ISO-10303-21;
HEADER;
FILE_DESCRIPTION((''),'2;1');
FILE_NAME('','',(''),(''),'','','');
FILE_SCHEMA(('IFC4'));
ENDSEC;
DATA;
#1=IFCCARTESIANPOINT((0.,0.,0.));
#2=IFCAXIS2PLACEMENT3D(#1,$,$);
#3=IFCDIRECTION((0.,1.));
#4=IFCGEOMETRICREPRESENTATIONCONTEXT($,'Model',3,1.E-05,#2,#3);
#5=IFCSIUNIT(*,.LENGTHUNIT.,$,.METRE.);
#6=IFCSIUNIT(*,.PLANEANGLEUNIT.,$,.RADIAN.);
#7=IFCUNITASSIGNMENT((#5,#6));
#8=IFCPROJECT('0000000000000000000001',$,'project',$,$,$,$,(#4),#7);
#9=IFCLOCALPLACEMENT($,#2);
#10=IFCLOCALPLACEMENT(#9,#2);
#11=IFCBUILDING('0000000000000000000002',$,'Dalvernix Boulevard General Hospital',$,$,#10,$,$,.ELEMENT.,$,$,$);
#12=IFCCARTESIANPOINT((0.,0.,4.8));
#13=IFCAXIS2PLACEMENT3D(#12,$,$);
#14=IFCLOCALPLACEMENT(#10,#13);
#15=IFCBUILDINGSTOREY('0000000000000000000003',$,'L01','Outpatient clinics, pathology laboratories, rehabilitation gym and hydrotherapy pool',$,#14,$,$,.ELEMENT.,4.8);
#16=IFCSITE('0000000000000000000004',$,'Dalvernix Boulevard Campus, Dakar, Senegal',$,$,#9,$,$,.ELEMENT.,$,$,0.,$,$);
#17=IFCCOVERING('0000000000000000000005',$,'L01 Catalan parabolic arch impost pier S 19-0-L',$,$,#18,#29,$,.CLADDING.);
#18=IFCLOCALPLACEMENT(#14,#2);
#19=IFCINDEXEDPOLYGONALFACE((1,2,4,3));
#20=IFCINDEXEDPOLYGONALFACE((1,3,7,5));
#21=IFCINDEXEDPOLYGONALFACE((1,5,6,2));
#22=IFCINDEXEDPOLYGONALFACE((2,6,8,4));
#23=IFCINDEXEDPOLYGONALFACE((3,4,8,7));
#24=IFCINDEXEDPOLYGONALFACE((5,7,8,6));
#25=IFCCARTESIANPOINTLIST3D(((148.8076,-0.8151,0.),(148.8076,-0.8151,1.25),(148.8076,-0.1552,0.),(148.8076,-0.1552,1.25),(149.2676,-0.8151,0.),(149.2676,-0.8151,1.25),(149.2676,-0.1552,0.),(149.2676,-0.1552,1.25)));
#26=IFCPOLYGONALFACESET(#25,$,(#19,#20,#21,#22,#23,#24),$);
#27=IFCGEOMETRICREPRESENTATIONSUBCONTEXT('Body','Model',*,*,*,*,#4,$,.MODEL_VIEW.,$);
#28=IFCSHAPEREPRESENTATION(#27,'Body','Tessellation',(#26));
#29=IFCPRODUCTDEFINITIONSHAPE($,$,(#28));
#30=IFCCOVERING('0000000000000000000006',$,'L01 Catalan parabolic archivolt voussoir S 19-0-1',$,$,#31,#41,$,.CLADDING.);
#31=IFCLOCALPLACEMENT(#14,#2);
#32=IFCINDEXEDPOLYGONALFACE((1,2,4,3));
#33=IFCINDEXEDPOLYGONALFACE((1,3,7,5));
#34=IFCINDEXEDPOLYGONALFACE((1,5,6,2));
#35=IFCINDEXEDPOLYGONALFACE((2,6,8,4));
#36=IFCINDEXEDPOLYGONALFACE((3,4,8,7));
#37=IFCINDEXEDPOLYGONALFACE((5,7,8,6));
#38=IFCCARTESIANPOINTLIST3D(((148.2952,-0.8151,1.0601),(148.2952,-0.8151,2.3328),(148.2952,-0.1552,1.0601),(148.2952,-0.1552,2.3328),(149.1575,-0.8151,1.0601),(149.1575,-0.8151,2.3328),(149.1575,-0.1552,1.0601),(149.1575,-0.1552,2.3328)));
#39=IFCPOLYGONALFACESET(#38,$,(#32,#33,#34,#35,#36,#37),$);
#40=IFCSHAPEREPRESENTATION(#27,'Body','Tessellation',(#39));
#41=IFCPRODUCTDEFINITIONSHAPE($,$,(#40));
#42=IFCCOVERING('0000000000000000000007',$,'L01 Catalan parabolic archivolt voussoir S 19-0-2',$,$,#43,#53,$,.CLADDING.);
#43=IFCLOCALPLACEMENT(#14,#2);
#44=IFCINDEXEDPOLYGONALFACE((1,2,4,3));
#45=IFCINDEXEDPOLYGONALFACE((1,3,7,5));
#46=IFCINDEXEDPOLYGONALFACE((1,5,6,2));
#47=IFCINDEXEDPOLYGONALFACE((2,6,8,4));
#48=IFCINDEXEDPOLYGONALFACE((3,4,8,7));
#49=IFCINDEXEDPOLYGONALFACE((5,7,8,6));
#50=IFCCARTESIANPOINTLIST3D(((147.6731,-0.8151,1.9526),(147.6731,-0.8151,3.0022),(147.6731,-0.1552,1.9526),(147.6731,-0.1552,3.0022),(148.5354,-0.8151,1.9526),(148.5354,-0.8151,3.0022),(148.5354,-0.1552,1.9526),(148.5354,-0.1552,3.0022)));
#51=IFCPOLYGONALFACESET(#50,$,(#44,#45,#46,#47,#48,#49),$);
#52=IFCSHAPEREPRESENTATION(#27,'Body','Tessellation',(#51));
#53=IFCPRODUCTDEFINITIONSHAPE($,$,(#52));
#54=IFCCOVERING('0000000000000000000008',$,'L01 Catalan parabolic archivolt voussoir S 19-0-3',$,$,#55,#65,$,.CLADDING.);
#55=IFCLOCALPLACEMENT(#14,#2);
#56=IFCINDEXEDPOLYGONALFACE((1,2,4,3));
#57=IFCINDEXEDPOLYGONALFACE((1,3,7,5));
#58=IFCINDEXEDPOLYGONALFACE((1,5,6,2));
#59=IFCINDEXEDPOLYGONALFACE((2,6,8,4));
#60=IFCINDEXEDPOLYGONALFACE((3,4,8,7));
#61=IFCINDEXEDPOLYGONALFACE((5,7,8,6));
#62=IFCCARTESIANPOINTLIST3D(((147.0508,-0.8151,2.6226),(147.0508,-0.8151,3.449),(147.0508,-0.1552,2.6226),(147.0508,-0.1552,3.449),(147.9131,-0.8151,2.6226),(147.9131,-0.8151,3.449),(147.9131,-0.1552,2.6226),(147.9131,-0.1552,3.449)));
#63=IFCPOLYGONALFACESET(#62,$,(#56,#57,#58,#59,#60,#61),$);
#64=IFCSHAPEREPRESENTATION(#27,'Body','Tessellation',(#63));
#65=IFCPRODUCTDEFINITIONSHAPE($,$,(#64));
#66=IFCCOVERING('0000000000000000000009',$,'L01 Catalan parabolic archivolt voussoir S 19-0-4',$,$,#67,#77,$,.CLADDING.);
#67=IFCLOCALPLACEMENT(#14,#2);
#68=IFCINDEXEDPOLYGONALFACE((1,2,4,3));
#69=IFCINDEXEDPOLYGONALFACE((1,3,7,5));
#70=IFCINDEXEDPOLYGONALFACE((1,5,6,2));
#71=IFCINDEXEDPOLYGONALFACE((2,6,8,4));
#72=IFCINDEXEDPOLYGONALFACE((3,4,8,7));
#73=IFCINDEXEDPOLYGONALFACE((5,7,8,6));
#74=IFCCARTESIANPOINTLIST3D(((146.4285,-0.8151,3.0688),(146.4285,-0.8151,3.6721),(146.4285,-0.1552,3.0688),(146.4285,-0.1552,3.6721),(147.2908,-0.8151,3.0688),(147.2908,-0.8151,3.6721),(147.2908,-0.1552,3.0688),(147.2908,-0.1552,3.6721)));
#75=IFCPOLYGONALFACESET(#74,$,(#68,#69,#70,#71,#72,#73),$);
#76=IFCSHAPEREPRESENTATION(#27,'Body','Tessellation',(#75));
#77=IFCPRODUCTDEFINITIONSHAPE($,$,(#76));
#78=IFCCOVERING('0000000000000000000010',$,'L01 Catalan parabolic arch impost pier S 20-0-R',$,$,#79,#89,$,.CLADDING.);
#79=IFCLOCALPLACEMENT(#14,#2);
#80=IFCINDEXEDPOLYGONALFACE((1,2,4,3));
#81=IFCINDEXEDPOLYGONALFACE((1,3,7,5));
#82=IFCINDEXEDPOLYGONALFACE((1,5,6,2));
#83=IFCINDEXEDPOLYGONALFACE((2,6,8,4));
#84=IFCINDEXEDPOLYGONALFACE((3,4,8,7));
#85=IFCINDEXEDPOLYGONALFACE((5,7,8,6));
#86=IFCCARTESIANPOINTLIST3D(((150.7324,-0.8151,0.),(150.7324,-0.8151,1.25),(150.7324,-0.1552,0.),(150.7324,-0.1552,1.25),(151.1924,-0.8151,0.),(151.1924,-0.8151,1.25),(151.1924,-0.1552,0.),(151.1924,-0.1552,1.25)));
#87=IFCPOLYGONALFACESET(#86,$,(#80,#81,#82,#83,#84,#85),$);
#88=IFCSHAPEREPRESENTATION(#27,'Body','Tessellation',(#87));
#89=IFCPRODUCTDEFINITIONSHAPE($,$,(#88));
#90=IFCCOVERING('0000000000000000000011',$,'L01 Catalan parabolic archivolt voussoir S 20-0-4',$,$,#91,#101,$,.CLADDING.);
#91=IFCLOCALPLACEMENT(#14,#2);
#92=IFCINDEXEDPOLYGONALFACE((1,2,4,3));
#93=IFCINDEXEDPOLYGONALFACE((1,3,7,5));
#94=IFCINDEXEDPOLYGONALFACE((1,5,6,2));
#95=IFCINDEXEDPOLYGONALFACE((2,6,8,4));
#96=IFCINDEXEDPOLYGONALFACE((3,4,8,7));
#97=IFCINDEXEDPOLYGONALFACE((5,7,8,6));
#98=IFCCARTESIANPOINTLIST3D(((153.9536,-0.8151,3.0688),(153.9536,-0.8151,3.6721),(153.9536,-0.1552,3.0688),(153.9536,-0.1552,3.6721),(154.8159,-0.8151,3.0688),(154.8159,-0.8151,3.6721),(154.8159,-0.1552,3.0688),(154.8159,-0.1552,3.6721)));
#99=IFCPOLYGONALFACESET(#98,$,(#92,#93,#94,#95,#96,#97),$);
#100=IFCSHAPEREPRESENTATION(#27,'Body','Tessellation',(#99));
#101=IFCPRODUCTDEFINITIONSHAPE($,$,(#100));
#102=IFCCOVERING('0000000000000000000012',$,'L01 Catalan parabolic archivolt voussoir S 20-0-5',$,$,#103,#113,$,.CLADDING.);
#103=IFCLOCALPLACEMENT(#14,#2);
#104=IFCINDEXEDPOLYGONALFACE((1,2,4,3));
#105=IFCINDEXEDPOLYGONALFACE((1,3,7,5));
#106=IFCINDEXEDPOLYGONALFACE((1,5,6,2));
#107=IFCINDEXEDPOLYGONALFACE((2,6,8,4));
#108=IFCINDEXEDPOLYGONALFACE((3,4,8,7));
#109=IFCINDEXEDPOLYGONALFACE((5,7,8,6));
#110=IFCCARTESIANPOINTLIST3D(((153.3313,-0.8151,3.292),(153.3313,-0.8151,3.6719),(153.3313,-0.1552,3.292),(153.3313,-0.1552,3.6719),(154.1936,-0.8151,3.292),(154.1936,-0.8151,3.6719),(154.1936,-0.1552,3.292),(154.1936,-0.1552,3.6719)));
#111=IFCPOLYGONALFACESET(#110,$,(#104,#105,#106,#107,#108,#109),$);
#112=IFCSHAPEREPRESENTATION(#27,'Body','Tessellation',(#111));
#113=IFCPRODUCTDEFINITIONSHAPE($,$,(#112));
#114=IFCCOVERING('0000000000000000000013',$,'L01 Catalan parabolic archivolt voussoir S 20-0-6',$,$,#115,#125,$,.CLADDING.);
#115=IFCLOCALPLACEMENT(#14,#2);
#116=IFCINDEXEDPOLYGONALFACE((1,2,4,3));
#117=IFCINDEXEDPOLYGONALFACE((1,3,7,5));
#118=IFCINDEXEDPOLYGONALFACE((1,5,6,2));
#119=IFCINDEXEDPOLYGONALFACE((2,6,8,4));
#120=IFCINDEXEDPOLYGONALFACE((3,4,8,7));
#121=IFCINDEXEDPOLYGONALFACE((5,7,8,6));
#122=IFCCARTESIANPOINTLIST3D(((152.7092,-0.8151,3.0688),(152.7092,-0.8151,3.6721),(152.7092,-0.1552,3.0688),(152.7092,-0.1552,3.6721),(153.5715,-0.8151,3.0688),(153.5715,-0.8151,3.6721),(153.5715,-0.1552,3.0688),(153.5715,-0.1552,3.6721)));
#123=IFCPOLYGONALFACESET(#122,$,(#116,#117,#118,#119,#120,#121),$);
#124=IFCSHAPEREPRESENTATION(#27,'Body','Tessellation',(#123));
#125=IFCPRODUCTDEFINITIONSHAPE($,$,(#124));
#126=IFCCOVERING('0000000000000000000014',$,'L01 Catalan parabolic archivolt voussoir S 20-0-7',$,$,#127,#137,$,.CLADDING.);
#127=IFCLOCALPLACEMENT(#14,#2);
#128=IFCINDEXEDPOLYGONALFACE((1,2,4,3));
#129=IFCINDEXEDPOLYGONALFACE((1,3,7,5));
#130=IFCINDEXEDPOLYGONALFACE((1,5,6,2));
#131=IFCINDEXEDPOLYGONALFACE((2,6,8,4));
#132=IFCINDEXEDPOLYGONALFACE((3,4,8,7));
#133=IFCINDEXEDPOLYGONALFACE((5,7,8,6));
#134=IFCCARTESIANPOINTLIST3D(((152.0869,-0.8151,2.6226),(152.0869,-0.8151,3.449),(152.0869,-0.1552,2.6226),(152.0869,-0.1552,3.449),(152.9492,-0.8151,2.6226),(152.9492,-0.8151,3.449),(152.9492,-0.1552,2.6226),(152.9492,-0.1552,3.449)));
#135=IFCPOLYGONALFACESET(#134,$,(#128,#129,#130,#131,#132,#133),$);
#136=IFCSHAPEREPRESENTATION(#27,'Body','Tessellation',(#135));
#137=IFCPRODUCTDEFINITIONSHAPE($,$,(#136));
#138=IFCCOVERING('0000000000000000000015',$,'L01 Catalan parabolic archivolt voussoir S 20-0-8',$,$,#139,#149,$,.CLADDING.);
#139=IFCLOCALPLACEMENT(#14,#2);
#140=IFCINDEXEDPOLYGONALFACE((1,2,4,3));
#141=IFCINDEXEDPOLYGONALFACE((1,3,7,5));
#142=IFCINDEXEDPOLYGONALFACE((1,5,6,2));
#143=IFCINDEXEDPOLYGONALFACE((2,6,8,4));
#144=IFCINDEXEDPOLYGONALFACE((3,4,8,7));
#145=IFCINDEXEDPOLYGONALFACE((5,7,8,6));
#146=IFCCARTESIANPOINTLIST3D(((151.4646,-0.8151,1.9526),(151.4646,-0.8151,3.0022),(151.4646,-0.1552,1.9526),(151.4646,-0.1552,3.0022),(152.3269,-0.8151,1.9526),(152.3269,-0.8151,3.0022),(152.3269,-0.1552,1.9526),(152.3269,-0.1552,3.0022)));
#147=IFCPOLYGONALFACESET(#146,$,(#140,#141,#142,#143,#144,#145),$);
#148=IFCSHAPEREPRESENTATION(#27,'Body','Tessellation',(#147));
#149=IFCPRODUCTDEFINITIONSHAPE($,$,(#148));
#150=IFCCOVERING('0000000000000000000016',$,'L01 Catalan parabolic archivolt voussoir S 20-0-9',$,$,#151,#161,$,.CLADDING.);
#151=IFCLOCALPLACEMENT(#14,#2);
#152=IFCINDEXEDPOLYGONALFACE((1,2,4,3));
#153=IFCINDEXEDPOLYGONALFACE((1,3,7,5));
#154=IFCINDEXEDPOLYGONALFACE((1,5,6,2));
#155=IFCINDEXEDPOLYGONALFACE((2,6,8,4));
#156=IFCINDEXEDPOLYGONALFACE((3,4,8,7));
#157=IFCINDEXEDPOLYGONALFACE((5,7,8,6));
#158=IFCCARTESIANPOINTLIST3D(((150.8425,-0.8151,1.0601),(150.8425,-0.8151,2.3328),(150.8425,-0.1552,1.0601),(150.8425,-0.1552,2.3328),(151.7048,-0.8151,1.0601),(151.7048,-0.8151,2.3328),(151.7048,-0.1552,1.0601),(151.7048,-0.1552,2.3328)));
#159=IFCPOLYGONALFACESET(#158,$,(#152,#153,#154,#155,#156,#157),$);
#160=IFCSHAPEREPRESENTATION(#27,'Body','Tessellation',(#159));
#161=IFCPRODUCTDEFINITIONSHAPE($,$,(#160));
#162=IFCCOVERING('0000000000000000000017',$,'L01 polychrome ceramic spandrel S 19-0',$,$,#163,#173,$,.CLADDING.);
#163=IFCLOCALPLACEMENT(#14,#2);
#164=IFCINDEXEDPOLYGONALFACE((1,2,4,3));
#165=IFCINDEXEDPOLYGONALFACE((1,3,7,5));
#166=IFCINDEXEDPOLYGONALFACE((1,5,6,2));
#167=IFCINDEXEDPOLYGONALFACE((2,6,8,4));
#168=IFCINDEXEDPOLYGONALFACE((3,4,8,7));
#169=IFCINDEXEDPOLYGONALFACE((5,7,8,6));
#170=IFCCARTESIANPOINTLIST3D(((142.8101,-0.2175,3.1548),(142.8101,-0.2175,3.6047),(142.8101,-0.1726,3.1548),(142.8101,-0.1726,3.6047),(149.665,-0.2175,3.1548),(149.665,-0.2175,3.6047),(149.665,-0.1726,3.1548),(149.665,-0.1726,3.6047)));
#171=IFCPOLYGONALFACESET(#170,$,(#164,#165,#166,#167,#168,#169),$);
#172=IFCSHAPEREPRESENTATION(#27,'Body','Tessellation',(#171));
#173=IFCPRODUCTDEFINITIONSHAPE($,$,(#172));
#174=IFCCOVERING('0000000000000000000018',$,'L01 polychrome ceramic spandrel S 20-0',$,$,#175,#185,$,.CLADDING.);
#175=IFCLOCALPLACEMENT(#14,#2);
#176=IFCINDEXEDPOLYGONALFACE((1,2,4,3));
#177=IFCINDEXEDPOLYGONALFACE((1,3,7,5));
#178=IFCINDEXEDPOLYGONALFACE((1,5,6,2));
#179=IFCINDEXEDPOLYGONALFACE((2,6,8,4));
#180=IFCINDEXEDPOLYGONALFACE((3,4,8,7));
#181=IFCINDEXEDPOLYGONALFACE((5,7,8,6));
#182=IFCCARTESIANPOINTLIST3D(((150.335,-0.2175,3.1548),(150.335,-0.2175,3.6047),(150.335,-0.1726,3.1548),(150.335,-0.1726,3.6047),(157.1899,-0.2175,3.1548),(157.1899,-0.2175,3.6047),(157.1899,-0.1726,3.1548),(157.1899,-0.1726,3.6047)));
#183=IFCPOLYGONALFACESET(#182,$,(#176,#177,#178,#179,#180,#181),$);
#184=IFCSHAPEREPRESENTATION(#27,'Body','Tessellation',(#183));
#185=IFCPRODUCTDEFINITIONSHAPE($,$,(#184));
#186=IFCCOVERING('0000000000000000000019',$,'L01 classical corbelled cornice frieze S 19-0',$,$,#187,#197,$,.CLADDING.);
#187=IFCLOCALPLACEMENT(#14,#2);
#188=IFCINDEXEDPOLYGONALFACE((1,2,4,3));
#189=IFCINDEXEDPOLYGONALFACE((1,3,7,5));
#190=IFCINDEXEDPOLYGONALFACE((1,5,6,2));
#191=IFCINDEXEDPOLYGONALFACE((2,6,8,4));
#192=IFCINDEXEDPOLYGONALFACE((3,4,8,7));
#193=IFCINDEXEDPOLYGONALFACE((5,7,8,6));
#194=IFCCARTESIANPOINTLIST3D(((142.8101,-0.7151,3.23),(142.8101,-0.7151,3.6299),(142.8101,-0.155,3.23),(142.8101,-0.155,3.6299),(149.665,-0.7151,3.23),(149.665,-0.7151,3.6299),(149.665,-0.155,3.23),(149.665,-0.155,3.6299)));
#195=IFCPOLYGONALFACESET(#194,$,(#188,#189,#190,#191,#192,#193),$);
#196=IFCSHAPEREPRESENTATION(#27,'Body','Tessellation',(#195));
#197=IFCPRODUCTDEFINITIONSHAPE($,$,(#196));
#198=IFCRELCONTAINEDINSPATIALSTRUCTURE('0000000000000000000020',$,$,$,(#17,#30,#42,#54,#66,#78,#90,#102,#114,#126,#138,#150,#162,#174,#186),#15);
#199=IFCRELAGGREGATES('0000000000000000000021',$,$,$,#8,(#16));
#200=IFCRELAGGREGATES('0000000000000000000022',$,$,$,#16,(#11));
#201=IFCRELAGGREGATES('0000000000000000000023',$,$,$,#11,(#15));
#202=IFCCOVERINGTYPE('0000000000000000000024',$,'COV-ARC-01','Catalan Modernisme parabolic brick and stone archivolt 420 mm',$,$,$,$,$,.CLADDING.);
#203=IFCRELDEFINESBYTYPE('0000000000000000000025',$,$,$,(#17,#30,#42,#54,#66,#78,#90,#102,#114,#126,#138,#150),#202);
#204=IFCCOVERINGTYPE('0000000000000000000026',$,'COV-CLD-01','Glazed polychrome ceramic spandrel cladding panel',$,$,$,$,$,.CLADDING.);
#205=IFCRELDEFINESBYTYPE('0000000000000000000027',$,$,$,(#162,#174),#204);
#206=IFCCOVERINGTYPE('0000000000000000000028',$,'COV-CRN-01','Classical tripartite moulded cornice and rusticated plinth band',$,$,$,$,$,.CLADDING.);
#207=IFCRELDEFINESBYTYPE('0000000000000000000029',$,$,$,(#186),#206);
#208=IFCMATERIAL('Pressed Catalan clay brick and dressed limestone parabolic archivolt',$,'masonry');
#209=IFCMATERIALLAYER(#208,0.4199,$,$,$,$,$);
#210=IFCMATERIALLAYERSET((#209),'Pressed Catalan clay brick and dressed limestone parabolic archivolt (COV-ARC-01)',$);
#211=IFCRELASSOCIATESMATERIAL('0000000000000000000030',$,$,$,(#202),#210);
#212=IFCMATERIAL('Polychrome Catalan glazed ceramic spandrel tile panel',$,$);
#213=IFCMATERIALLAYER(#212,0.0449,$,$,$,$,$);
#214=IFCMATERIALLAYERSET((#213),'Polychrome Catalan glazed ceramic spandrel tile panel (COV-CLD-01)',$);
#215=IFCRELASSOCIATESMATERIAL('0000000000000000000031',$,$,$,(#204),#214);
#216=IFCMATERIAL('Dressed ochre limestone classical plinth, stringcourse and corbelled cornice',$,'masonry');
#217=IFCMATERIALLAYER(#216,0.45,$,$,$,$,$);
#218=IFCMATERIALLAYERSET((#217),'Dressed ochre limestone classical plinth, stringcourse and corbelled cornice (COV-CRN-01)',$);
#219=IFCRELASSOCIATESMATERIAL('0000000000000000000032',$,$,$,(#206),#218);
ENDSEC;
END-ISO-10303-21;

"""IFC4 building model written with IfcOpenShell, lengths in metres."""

from ifc_helpers import new_model, si_unit, direction, frame, origin, origin_2d, place, context, subcontext, project, spatial, rectangle, extrude, material, layer, layer_set, type_object, element, save


model = new_model("IFC4")

# Units and contexts
model_context = context("Model", 3, precision=1e-05, world=origin(), true_north=direction((0.0, 1.0)))
body_context = subcontext(model_context, "Body", "Model", "MODEL_VIEW")
ifc_project = project(units=[si_unit("LENGTHUNIT", "METRE"), si_unit("PLANEANGLEUNIT", "RADIAN")], contexts=[model_context])

# Site, building, storey
site_placement = place(None, origin())
site = spatial("IfcSite", under=ifc_project, at=site_placement, Name="Dalvernix Boulevard Campus, Dakar, Senegal", CompositionType="ELEMENT", RefElevation=0.0)
building_placement = place(site_placement, origin())
building = spatial("IfcBuilding", under=site, at=building_placement, Name="Dalvernix Boulevard General Hospital", CompositionType="ELEMENT")
storey_placement = place(building_placement, frame((0.0, 0.0, 4.8)))
storey = spatial("IfcBuildingStorey", under=building, at=storey_placement, Name="L01", Description="Outpatient clinics, pathology laboratories, rehabilitation gym and hydrotherapy pool", CompositionType="ELEMENT", Elevation=4.8)

# Coverings
ifc_material_1 = material(Name="Pressed Catalan clay brick and dressed limestone parabolic archivolt", Category="masonry")
ifc_layer_1 = layer(ifc_material_1, 0.4199)
ifc_layer_set_1 = layer_set([ifc_layer_1], Name="Pressed Catalan clay brick and dressed limestone parabolic archivolt (COV-ARC-01)")
covering_type_1 = type_object("IfcCoveringType", Name="COV-ARC-01", Description="Catalan Modernisme parabolic brick and stone archivolt 420 mm", PredefinedType="CLADDING", material=ifc_layer_set_1)
covering_1_placement = place(storey_placement, frame((149.0376, -0.4851, 0.0), z_axis=(0.0, 0.0, 1.0), x_axis=(-1.0, 0.0, 0.0)))
element("IfcCovering", 1, at=covering_1_placement, inside=storey, type_object=covering_type_1, Name="L01 Catalan parabolic arch impost pier S 19-0-L", PredefinedType="CLADDING", context=body_context, shape_type="SweptSolid", body=[
    extrude(rectangle(XDim=0.46, YDim=0.6599, at=origin_2d()), origin(), (0.0, 0.0, 1.0), 1.25),
])
covering_2_placement = place(storey_placement, frame((148.7263, -0.4851, 1.0601), z_axis=(0.0, 0.0, 1.0), x_axis=(-1.0, 0.0, 0.0)))
element("IfcCovering", 2, at=covering_2_placement, inside=storey, type_object=covering_type_1, Name="L01 Catalan parabolic archivolt voussoir S 19-0-1", PredefinedType="CLADDING", context=body_context, shape_type="SweptSolid", body=[
    extrude(rectangle(XDim=0.8623, YDim=0.6599, at=origin_2d()), origin(), (0.0, 0.0, 1.0), 1.2727),
])
covering_3_placement = place(storey_placement, frame((148.1042, -0.4851, 1.9526), z_axis=(0.0, 0.0, 1.0), x_axis=(-1.0, 0.0, 0.0)))
element("IfcCovering", 3, at=covering_3_placement, inside=storey, type_object=covering_type_1, Name="L01 Catalan parabolic archivolt voussoir S 19-0-2", PredefinedType="CLADDING", context=body_context, shape_type="SweptSolid", body=[
    extrude(rectangle(XDim=0.8623, YDim=0.6599, at=origin_2d()), origin(), (0.0, 0.0, 1.0), 1.0496),
])
covering_4_placement = place(storey_placement, frame((147.4819, -0.4851, 2.6226), z_axis=(0.0, 0.0, 1.0), x_axis=(-1.0, 0.0, 0.0)))
element("IfcCovering", 4, at=covering_4_placement, inside=storey, type_object=covering_type_1, Name="L01 Catalan parabolic archivolt voussoir S 19-0-3", PredefinedType="CLADDING", context=body_context, shape_type="SweptSolid", body=[
    extrude(rectangle(XDim=0.8623, YDim=0.6599, at=origin_2d()), origin(), (0.0, 0.0, 1.0), 0.8264),
])
covering_5_placement = place(storey_placement, frame((146.8596, -0.4851, 3.0688), z_axis=(0.0, 0.0, 1.0), x_axis=(-1.0, 0.0, 0.0)))
element("IfcCovering", 5, at=covering_5_placement, inside=storey, type_object=covering_type_1, Name="L01 Catalan parabolic archivolt voussoir S 19-0-4", PredefinedType="CLADDING", context=body_context, shape_type="SweptSolid", body=[
    extrude(rectangle(XDim=0.8623, YDim=0.6599, at=origin_2d()), origin(), (0.0, 0.0, 1.0), 0.6033),
])
covering_6_placement = place(storey_placement, frame((150.9624, -0.4851, 0.0), z_axis=(0.0, 0.0, 1.0), x_axis=(-1.0, 0.0, 0.0)))
element("IfcCovering", 6, at=covering_6_placement, inside=storey, type_object=covering_type_1, Name="L01 Catalan parabolic arch impost pier S 20-0-R", PredefinedType="CLADDING", context=body_context, shape_type="SweptSolid", body=[
    extrude(rectangle(XDim=0.46, YDim=0.6599, at=origin_2d()), origin(), (0.0, 0.0, 1.0), 1.25),
])
covering_7_placement = place(storey_placement, frame((154.3848, -0.4851, 3.0688), z_axis=(0.0, 0.0, 1.0), x_axis=(-1.0, 0.0, 0.0)))
element("IfcCovering", 7, at=covering_7_placement, inside=storey, type_object=covering_type_1, Name="L01 Catalan parabolic archivolt voussoir S 20-0-4", PredefinedType="CLADDING", context=body_context, shape_type="SweptSolid", body=[
    extrude(rectangle(XDim=0.8623, YDim=0.6599, at=origin_2d()), origin(), (0.0, 0.0, 1.0), 0.6033),
])
covering_8_placement = place(storey_placement, frame((153.7625, -0.4851, 3.292), z_axis=(0.0, 0.0, 1.0), x_axis=(-1.0, 0.0, 0.0)))
element("IfcCovering", 8, at=covering_8_placement, inside=storey, type_object=covering_type_1, Name="L01 Catalan parabolic archivolt voussoir S 20-0-5", PredefinedType="CLADDING", context=body_context, shape_type="SweptSolid", body=[
    extrude(rectangle(XDim=0.8623, YDim=0.6599, at=origin_2d()), origin(), (0.0, 0.0, 1.0), 0.3799),
])
covering_9_placement = place(storey_placement, frame((153.1404, -0.4851, 3.0688), z_axis=(0.0, 0.0, 1.0), x_axis=(-1.0, 0.0, 0.0)))
element("IfcCovering", 9, at=covering_9_placement, inside=storey, type_object=covering_type_1, Name="L01 Catalan parabolic archivolt voussoir S 20-0-6", PredefinedType="CLADDING", context=body_context, shape_type="SweptSolid", body=[
    extrude(rectangle(XDim=0.8623, YDim=0.6599, at=origin_2d()), origin(), (0.0, 0.0, 1.0), 0.6033),
])
covering_10_placement = place(storey_placement, frame((152.5181, -0.4851, 2.6226), z_axis=(0.0, 0.0, 1.0), x_axis=(-1.0, 0.0, 0.0)))
element("IfcCovering", 10, at=covering_10_placement, inside=storey, type_object=covering_type_1, Name="L01 Catalan parabolic archivolt voussoir S 20-0-7", PredefinedType="CLADDING", context=body_context, shape_type="SweptSolid", body=[
    extrude(rectangle(XDim=0.8623, YDim=0.6599, at=origin_2d()), origin(), (0.0, 0.0, 1.0), 0.8264),
])
covering_11_placement = place(storey_placement, frame((151.8958, -0.4851, 1.9526), z_axis=(0.0, 0.0, 1.0), x_axis=(-1.0, 0.0, 0.0)))
element("IfcCovering", 11, at=covering_11_placement, inside=storey, type_object=covering_type_1, Name="L01 Catalan parabolic archivolt voussoir S 20-0-8", PredefinedType="CLADDING", context=body_context, shape_type="SweptSolid", body=[
    extrude(rectangle(XDim=0.8623, YDim=0.6599, at=origin_2d()), origin(), (0.0, 0.0, 1.0), 1.0496),
])
covering_12_placement = place(storey_placement, frame((151.2737, -0.4851, 1.0601), z_axis=(0.0, 0.0, 1.0), x_axis=(-1.0, 0.0, 0.0)))
element("IfcCovering", 12, at=covering_12_placement, inside=storey, type_object=covering_type_1, Name="L01 Catalan parabolic archivolt voussoir S 20-0-9", PredefinedType="CLADDING", context=body_context, shape_type="SweptSolid", body=[
    extrude(rectangle(XDim=0.8623, YDim=0.6599, at=origin_2d()), origin(), (0.0, 0.0, 1.0), 1.2727),
])
ifc_material_2 = material(Name="Polychrome Catalan glazed ceramic spandrel tile panel")
ifc_layer_2 = layer(ifc_material_2, 0.0449)
ifc_layer_set_2 = layer_set([ifc_layer_2], Name="Polychrome Catalan glazed ceramic spandrel tile panel (COV-CLD-01)")
covering_type_2 = type_object("IfcCoveringType", Name="COV-CLD-01", Description="Glazed polychrome ceramic spandrel cladding panel", PredefinedType="CLADDING", material=ifc_layer_set_2)
for number, where, z_axis, x_axis, name in (
    (13, (146.2375, -0.1951, 3.1548), (0.0, 0.0, 1.0), (-1.0, 0.0, 0.0), "L01 polychrome ceramic spandrel S 19-0"),
    (14, (153.7625, -0.1951, 3.1548), (0.0, 0.0, 1.0), (-1.0, 0.0, 0.0), "L01 polychrome ceramic spandrel S 20-0"),
):
    element("IfcCovering", number, at=place(storey_placement, frame(where, z_axis=z_axis, x_axis=x_axis)), inside=storey, type_object=covering_type_2, Name=name, PredefinedType="CLADDING", context=body_context, shape_type="SweptSolid", body=[
        extrude(rectangle(XDim=6.855, YDim=0.0449, at=origin_2d()), origin(), (0.0, 0.0, 1.0), 0.45),
    ])
ifc_material_3 = material(Name="Dressed ochre limestone classical plinth, stringcourse and corbelled cornice", Category="masonry")
ifc_layer_3 = layer(ifc_material_3, 0.45)
ifc_layer_set_3 = layer_set([ifc_layer_3], Name="Dressed ochre limestone classical plinth, stringcourse and corbelled cornice (COV-CRN-01)")
covering_type_3 = type_object("IfcCoveringType", Name="COV-CRN-01", Description="Classical tripartite moulded cornice and rusticated plinth band", PredefinedType="CLADDING", material=ifc_layer_set_3)
for number, where, z_axis, x_axis, name in (
    (15, (146.2375, -0.4351, 3.23), (0.0, 0.0, 1.0), (-1.0, 0.0, 0.0), "L01 classical corbelled cornice frieze S 19-0"),
):
    element("IfcCovering", number, at=place(storey_placement, frame(where, z_axis=z_axis, x_axis=x_axis)), inside=storey, type_object=covering_type_3, Name=name, PredefinedType="CLADDING", context=body_context, shape_type="SweptSolid", body=[
        extrude(rectangle(XDim=6.855, YDim=0.5601, at=origin_2d()), origin(), (0.0, 0.0, 1.0), 0.3999),
    ])

save(model, "model.ifc")
